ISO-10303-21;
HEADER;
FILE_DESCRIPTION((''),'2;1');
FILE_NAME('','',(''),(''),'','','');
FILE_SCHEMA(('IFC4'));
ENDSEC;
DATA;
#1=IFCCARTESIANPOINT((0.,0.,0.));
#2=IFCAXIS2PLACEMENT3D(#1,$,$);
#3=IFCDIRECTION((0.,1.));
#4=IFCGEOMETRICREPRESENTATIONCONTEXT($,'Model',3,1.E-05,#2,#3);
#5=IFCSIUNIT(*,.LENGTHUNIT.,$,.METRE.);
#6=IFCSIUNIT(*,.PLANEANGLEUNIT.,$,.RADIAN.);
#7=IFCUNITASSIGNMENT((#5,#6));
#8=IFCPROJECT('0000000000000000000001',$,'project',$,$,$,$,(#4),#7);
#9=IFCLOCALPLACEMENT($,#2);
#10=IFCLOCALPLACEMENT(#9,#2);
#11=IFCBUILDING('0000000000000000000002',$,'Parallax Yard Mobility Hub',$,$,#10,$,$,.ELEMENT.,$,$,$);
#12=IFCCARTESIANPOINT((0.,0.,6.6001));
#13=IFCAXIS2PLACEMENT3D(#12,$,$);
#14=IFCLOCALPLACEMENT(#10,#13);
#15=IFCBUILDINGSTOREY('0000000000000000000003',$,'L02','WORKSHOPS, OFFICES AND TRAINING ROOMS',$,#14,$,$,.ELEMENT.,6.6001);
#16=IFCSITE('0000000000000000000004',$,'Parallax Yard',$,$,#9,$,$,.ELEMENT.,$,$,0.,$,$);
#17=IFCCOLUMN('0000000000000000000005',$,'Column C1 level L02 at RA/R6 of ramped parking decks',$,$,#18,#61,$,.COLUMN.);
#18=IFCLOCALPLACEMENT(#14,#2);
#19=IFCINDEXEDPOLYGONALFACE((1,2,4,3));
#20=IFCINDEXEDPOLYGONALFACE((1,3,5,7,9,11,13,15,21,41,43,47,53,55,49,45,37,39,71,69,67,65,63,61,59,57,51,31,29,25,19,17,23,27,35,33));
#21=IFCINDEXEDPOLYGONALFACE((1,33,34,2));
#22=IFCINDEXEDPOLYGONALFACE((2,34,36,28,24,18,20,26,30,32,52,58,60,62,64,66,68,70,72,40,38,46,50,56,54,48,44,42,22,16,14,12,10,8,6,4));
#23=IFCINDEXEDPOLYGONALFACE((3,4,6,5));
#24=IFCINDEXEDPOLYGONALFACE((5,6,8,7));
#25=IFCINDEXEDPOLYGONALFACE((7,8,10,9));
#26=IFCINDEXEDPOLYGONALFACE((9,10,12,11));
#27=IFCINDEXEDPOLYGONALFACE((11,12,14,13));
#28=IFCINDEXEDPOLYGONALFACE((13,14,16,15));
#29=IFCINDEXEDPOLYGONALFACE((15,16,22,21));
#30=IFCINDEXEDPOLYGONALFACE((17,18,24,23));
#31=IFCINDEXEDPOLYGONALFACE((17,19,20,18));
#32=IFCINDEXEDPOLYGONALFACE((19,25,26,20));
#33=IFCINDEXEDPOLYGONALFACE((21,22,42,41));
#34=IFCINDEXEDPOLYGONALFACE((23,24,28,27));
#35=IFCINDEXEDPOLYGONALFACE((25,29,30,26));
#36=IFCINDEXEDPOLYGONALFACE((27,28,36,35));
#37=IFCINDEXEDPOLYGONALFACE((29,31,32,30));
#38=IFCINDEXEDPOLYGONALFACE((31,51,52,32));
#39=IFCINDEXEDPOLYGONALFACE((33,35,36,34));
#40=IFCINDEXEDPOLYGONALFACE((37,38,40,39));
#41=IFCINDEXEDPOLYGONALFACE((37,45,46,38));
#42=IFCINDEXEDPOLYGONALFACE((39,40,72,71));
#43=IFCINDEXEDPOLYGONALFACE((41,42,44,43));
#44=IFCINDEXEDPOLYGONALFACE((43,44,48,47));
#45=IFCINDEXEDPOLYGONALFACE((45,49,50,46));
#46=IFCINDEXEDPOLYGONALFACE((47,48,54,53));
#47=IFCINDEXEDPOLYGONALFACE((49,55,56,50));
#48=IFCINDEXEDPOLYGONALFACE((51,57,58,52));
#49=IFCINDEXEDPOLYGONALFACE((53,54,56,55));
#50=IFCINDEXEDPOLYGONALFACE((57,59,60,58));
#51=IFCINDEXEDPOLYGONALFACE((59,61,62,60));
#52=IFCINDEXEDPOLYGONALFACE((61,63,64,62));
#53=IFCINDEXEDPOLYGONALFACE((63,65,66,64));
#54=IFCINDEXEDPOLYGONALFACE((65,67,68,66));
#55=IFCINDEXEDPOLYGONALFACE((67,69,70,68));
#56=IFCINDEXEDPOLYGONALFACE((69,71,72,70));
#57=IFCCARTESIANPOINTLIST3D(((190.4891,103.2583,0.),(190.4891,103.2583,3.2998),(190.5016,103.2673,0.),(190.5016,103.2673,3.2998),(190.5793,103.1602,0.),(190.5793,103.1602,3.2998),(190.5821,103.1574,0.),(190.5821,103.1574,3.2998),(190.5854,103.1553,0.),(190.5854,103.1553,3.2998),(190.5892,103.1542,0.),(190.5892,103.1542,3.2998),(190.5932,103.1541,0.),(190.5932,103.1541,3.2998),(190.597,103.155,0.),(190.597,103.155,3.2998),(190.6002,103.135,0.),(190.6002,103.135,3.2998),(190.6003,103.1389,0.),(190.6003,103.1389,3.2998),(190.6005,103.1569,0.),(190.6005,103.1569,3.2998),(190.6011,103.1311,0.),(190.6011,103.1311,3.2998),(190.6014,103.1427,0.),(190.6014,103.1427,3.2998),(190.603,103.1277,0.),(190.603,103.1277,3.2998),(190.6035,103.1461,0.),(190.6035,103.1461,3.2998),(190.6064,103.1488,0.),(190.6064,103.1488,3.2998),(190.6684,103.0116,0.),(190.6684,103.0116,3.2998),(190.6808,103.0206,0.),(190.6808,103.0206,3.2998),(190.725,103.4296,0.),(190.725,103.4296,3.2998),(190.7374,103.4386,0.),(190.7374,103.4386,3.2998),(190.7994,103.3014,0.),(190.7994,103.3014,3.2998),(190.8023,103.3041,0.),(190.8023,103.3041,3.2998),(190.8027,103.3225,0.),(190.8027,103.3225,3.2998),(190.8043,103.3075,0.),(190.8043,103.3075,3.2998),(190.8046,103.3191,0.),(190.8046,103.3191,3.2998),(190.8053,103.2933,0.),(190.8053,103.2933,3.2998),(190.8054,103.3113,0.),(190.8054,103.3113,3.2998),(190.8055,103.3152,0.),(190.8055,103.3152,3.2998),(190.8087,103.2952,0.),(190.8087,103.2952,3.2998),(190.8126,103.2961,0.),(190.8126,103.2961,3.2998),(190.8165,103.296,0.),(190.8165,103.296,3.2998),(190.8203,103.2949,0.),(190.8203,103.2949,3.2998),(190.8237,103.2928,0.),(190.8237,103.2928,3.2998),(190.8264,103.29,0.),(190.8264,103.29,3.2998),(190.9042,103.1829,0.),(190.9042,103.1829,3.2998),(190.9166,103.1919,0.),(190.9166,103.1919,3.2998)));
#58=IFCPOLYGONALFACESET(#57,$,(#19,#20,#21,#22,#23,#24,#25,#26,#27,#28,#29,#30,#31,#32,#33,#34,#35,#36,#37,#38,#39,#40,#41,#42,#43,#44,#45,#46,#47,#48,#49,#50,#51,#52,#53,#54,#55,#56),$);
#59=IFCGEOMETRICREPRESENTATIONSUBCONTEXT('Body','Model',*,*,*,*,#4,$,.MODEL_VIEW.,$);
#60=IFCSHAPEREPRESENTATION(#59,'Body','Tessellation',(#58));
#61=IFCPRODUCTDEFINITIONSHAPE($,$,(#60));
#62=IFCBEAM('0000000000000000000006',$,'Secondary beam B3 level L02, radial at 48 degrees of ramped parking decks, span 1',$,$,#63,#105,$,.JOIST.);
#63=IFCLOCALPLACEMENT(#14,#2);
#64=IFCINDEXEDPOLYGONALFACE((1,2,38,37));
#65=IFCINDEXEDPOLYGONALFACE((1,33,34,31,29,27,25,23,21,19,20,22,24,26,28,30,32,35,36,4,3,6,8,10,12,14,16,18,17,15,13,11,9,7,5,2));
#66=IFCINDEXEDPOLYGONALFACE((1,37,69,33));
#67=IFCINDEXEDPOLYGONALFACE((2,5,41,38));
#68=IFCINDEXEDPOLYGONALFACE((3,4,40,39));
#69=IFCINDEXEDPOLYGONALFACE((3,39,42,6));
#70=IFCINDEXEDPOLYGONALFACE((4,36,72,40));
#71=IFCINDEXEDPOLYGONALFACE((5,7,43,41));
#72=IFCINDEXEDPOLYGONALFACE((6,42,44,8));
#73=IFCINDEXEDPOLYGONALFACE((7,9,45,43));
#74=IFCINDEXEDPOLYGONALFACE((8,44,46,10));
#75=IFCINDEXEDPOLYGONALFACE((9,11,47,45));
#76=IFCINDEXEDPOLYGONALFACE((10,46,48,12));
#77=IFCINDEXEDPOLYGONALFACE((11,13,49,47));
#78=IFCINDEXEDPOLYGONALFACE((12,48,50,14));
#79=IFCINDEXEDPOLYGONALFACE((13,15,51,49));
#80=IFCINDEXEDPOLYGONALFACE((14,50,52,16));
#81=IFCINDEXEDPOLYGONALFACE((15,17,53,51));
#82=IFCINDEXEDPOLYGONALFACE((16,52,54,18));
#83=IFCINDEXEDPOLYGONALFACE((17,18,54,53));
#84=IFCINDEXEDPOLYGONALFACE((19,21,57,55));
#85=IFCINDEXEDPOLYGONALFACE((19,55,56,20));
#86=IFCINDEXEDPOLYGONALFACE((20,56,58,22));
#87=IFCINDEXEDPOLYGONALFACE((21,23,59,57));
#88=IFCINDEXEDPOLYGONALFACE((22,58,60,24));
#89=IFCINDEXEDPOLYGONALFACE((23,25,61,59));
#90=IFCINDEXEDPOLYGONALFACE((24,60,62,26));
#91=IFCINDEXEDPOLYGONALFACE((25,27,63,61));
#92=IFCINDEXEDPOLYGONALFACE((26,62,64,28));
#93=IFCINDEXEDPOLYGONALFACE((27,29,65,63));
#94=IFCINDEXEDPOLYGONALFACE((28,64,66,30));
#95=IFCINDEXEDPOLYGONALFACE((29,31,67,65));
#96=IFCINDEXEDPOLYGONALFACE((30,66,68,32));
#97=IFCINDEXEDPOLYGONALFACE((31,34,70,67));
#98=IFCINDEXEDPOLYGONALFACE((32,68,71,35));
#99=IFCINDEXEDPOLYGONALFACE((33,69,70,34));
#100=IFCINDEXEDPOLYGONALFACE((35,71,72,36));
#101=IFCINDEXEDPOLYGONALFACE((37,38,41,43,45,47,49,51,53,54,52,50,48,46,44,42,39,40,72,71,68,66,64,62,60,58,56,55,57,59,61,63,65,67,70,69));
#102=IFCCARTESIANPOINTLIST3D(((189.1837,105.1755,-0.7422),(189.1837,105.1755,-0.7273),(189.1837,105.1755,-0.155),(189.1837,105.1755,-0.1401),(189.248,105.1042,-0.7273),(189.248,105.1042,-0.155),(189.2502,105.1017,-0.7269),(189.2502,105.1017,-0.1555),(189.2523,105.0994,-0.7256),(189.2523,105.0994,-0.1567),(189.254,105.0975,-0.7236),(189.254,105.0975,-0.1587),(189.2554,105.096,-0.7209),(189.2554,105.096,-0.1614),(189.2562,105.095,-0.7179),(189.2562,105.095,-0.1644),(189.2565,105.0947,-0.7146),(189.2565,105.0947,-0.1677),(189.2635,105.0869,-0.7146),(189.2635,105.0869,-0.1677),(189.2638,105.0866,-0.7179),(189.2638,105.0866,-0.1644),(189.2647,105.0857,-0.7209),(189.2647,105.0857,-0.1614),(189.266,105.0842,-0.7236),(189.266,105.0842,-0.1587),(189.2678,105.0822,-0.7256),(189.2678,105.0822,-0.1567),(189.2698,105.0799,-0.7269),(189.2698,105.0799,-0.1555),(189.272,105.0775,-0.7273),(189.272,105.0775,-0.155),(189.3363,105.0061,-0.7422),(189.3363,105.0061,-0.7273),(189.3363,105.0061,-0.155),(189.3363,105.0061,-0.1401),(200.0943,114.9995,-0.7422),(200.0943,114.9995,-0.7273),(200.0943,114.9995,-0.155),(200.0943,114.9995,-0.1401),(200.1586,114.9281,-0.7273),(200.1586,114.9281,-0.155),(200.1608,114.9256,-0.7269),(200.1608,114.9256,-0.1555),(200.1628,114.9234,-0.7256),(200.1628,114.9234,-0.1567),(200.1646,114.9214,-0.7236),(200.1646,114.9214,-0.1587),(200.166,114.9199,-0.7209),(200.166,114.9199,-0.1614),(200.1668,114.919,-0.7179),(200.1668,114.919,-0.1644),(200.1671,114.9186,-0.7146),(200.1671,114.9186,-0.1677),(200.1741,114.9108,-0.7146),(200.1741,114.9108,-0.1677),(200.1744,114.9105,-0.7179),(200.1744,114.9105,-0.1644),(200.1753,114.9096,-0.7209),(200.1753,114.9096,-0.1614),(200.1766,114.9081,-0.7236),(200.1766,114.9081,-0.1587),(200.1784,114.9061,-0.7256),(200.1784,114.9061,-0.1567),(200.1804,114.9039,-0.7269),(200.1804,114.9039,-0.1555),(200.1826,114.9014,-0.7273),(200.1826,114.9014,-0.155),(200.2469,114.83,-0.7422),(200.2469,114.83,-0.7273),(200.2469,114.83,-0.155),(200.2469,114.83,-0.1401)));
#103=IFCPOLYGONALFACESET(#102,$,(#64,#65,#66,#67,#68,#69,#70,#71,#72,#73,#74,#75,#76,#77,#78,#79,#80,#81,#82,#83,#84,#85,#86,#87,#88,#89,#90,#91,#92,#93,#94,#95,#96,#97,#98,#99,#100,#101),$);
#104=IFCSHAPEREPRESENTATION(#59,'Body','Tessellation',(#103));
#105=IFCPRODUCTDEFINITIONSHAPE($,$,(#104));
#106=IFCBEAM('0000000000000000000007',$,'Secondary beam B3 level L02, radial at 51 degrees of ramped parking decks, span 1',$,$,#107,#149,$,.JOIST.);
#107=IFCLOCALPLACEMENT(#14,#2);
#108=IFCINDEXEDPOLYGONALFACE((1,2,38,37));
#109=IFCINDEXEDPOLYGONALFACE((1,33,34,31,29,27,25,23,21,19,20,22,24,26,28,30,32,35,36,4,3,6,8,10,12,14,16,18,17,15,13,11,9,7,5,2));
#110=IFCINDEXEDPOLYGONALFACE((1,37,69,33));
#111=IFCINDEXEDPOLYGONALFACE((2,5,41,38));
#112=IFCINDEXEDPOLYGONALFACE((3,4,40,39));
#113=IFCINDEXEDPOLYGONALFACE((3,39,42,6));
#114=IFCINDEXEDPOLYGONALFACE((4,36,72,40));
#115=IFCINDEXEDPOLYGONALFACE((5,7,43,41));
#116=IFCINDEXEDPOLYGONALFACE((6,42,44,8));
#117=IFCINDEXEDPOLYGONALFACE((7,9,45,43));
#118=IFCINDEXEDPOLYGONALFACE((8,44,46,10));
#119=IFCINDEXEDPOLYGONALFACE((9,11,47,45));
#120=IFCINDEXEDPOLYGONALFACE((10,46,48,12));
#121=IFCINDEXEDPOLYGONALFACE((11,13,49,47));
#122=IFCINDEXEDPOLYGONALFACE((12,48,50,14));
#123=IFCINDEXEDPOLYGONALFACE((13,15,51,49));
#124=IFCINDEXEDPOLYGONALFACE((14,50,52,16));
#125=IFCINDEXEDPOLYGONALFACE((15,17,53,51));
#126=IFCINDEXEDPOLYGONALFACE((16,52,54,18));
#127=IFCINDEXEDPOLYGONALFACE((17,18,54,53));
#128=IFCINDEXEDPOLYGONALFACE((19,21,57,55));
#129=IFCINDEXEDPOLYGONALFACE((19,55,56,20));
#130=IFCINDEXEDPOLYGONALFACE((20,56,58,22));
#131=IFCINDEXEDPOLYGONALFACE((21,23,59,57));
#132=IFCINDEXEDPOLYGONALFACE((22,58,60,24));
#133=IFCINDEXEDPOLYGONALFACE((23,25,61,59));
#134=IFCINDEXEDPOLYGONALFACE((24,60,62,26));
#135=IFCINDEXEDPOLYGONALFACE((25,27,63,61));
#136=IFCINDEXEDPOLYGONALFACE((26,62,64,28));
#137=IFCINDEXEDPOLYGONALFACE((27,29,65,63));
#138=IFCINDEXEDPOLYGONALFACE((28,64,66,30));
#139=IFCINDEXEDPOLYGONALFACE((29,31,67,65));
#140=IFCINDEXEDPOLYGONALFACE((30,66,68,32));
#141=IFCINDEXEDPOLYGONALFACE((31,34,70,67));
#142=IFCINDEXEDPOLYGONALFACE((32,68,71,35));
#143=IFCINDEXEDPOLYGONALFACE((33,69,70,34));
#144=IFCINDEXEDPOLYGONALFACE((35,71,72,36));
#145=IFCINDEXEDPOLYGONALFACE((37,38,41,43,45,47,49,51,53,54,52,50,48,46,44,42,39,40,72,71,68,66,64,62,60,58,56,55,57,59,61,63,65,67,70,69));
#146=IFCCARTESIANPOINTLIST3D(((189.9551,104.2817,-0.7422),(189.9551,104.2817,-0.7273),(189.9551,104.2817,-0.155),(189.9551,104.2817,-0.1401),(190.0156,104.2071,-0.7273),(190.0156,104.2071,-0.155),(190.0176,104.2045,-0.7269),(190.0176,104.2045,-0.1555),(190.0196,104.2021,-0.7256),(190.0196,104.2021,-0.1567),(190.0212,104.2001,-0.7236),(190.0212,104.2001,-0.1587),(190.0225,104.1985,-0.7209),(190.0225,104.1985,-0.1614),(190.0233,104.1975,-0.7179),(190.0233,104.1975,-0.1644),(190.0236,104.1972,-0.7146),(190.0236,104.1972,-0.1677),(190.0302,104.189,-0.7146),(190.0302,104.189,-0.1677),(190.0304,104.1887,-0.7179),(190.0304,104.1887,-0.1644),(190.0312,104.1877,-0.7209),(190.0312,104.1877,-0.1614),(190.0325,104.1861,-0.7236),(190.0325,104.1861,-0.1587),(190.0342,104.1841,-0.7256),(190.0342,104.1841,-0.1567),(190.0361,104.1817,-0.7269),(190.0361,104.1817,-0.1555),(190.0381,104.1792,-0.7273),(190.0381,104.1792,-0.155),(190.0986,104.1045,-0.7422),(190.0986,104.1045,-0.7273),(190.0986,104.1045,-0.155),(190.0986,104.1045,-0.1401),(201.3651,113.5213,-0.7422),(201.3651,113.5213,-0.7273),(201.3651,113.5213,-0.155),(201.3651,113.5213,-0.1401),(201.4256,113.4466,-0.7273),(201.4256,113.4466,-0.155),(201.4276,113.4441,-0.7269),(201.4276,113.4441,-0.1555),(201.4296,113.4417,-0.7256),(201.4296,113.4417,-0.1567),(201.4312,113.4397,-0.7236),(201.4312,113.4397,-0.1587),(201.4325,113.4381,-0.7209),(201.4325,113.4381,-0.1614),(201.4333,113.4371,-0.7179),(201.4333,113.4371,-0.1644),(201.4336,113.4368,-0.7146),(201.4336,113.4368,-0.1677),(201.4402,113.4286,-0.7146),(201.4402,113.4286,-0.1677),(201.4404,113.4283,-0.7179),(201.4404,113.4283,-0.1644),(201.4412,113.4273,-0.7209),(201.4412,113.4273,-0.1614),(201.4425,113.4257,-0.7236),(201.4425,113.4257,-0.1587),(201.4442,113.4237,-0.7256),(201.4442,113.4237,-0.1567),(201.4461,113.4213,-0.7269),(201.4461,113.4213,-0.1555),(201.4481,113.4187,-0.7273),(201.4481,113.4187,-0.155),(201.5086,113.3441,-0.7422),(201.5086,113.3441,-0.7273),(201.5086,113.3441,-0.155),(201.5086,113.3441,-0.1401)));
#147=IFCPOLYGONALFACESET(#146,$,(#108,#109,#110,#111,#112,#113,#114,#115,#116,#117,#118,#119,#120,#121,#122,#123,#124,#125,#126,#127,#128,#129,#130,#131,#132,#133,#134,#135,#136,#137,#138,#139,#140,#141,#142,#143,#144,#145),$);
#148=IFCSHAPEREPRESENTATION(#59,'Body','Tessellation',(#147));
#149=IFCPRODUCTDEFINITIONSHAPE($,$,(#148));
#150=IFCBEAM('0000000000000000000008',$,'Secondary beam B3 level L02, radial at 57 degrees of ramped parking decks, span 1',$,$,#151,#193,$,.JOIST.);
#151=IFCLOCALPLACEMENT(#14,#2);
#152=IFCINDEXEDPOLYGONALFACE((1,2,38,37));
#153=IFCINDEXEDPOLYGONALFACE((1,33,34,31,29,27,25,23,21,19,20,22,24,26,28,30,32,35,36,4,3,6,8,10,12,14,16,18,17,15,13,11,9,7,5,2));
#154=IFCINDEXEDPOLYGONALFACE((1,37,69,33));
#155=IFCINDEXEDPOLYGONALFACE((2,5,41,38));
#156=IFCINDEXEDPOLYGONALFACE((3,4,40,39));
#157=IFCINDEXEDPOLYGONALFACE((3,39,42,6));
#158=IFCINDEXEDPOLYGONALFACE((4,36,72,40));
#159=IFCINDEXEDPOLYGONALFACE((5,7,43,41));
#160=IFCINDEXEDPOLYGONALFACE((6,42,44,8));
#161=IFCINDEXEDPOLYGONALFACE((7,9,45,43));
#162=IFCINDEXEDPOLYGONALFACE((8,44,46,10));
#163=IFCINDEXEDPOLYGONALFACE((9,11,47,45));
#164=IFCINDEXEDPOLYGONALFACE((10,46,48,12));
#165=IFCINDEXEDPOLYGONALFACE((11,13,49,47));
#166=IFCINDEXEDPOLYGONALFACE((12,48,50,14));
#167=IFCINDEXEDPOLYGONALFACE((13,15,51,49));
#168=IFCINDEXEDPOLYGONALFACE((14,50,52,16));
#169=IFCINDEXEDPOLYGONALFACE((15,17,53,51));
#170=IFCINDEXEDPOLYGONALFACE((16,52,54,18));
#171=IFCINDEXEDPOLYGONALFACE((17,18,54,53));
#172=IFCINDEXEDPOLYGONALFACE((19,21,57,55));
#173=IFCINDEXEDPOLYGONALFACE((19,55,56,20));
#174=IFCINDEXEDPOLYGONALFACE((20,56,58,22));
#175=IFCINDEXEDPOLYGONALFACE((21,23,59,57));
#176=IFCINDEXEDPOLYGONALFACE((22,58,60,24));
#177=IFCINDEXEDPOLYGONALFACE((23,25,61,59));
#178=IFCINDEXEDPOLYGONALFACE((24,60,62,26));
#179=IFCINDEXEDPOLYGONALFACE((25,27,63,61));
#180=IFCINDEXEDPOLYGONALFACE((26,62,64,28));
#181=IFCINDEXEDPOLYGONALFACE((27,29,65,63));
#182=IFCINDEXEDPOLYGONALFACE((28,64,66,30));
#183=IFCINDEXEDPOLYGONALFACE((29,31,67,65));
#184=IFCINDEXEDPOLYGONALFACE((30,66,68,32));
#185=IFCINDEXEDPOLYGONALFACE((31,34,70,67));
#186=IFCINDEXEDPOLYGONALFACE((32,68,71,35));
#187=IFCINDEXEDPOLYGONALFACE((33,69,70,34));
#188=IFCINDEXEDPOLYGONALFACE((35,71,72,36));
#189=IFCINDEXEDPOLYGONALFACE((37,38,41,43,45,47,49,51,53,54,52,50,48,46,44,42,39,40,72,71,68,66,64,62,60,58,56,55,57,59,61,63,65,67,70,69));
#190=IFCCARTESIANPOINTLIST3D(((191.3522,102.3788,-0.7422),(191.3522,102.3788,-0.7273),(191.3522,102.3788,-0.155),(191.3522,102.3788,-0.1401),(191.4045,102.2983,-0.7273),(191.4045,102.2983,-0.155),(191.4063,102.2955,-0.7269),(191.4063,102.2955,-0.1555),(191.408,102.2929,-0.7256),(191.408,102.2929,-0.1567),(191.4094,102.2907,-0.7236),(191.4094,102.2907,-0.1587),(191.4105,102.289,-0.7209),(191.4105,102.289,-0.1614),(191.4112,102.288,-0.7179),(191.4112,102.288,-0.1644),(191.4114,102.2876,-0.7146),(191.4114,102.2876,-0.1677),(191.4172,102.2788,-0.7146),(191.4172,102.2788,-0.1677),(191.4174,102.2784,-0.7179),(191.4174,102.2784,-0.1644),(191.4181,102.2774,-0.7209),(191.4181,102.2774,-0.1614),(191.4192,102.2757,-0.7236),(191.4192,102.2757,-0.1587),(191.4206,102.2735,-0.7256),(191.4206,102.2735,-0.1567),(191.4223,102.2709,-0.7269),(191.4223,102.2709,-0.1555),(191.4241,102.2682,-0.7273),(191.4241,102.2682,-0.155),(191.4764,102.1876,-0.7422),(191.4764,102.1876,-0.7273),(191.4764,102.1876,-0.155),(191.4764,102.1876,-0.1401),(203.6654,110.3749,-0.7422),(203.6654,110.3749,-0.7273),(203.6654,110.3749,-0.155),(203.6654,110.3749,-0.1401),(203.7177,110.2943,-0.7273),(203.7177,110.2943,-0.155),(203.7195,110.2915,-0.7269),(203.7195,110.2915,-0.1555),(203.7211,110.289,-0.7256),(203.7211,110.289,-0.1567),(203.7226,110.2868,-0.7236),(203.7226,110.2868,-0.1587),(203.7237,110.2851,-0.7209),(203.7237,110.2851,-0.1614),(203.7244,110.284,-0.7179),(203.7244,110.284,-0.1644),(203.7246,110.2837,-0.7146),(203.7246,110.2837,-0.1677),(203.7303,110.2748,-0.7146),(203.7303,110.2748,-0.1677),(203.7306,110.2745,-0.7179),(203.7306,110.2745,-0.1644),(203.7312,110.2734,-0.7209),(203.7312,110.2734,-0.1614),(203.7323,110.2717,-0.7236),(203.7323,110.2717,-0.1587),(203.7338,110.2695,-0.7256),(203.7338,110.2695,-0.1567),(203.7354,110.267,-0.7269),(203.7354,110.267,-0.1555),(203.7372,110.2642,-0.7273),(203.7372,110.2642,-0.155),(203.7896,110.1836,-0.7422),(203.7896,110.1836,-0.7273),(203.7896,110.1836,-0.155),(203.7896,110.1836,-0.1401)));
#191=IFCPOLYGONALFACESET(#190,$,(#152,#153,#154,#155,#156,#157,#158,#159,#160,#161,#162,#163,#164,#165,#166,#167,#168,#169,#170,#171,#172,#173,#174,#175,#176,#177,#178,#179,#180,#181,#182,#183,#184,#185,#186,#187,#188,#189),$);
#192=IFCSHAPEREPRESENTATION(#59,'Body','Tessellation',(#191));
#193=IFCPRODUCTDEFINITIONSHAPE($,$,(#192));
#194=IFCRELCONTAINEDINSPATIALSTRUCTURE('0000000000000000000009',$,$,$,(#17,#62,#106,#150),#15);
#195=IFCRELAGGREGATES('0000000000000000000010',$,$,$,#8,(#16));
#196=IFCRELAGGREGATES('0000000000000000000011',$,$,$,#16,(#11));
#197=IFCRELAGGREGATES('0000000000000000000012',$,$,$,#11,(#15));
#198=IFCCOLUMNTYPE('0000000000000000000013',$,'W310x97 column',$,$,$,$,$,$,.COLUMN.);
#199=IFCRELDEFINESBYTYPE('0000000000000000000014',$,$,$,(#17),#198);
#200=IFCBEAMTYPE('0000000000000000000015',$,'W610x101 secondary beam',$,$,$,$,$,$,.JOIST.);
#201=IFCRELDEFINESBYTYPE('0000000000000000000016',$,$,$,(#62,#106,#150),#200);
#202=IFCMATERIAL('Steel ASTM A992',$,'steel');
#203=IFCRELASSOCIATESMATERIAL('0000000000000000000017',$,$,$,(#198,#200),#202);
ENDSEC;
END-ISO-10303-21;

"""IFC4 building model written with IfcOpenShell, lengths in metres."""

from ifc_helpers import new_model, si_unit, direction, frame, origin, origin_2d, place, context, subcontext, project, spatial, i_section, extrude, material, material_profile, profile_set, type_object, element, save


model = new_model("IFC4")

# Units and contexts
model_context = context("Model", 3, precision=1e-05, world=origin(), true_north=direction((0.0, 1.0)))
body_context = subcontext(model_context, "Body", "Model", "MODEL_VIEW")
ifc_project = project(units=[si_unit("LENGTHUNIT", "METRE"), si_unit("PLANEANGLEUNIT", "RADIAN")], contexts=[model_context])

# Site, building, storey
site_placement = place(None, origin())
site = spatial("IfcSite", under=ifc_project, at=site_placement, Name="Parallax Yard", CompositionType="ELEMENT", RefElevation=0.0)
building_placement = place(site_placement, origin())
building = spatial("IfcBuilding", under=site, at=building_placement, Name="Parallax Yard Mobility Hub", CompositionType="ELEMENT")
storey_placement = place(building_placement, frame((0.0, 0.0, 6.6001)))
storey = spatial("IfcBuildingStorey", under=building, at=storey_placement, Name="L02", Description="WORKSHOPS, OFFICES AND TRAINING ROOMS", CompositionType="ELEMENT", Elevation=6.6001)

# Column
ifc_material_1 = material(Name="Steel ASTM A992", Category="steel")
ifc_material_profile_1 = material_profile(ifc_material_1, i_section(OverallWidth=0.3049, OverallDepth=0.3069, WebThickness=0.01, FlangeThickness=0.0154, FilletRadius=0.0151, at=origin_2d()), Name="W310x97")
ifc_profile_set_1 = profile_set([ifc_material_profile_1], Name="Steel ASTM A992")
column_type = type_object("IfcColumnType", Name="W310x97 column", PredefinedType="COLUMN", material=ifc_profile_set_1)
column_placement = place(storey_placement, frame((190.7029, 103.2251, 0.0), z_axis=(0.0, 0.0, 1.0), x_axis=(-0.587785, 0.809017, 0.0)))
element("IfcColumn", 1, at=column_placement, inside=storey, type_object=column_type, Name="Column C1 level L02 at RA/R6 of ramped parking decks", PredefinedType="COLUMN", context=body_context, shape_type="SweptSolid", body=[
    extrude(i_section(OverallWidth=0.3049, OverallDepth=0.3069, WebThickness=0.01, FlangeThickness=0.0154, FilletRadius=0.0151, at=origin_2d()), origin(), (0.0, 0.0, 1.0), 3.2998),
])

# Beams
ifc_material_profile_2 = material_profile(ifc_material_1, i_section(OverallWidth=0.228, OverallDepth=0.6021, WebThickness=0.0105, FlangeThickness=0.0149, FilletRadius=0.0127, at=origin_2d()), Name="W610x101")
ifc_profile_set_2 = profile_set([ifc_material_profile_2], Name="Steel ASTM A992")
beam_type_1 = type_object("IfcBeamType", Name="W610x101 secondary beam", PredefinedType="JOIST", material=ifc_profile_set_2)
beam_1_placement = place(storey_placement, frame((189.26, 105.0908, -0.4412), z_axis=(0.743145, 0.66913, 0.0), x_axis=(-0.66913, 0.743145, 0.0)))
element("IfcBeam", 2, at=beam_1_placement, inside=storey, type_object=beam_type_1, Name="Secondary beam B3 level L02, radial at 48 degrees of ramped parking decks, span 1", PredefinedType="JOIST", context=body_context, shape_type="SweptSolid", body=[
    extrude(i_section(OverallWidth=0.228, OverallDepth=0.6021, WebThickness=0.0105, FlangeThickness=0.0149, FilletRadius=0.0127, at=origin_2d()), origin(), (0.0, 0.0, 1.0), 14.6816),
])
beam_2_placement = place(storey_placement, frame((190.0269, 104.1931, -0.4412), z_axis=(0.777148, 0.629318, 0.0), x_axis=(-0.629318, 0.777148, 0.0)))
element("IfcBeam", 3, at=beam_2_placement, inside=storey, type_object=beam_type_1, Name="Secondary beam B3 level L02, radial at 51 degrees of ramped parking decks, span 1", PredefinedType="JOIST", context=body_context, shape_type="SweptSolid", body=[
    extrude(i_section(OverallWidth=0.228, OverallDepth=0.6021, WebThickness=0.0105, FlangeThickness=0.0149, FilletRadius=0.0127, at=origin_2d()), origin(), (0.0, 0.0, 1.0), 14.6819),
])
beam_3_placement = place(storey_placement, frame((191.4143, 102.2832, -0.4412), z_axis=(0.838677, 0.544629, 0.0), x_axis=(-0.544629, 0.838677, 0.0)))
element("IfcBeam", 4, at=beam_3_placement, inside=storey, type_object=beam_type_1, Name="Secondary beam B3 level L02, radial at 57 degrees of ramped parking decks, span 1", PredefinedType="JOIST", context=body_context, shape_type="SweptSolid", body=[
    extrude(i_section(OverallWidth=0.228, OverallDepth=0.6021, WebThickness=0.0105, FlangeThickness=0.0149, FilletRadius=0.0127, at=origin_2d()), origin(), (0.0, 0.0, 1.0), 14.6816),
])

save(model, "model.ifc")
